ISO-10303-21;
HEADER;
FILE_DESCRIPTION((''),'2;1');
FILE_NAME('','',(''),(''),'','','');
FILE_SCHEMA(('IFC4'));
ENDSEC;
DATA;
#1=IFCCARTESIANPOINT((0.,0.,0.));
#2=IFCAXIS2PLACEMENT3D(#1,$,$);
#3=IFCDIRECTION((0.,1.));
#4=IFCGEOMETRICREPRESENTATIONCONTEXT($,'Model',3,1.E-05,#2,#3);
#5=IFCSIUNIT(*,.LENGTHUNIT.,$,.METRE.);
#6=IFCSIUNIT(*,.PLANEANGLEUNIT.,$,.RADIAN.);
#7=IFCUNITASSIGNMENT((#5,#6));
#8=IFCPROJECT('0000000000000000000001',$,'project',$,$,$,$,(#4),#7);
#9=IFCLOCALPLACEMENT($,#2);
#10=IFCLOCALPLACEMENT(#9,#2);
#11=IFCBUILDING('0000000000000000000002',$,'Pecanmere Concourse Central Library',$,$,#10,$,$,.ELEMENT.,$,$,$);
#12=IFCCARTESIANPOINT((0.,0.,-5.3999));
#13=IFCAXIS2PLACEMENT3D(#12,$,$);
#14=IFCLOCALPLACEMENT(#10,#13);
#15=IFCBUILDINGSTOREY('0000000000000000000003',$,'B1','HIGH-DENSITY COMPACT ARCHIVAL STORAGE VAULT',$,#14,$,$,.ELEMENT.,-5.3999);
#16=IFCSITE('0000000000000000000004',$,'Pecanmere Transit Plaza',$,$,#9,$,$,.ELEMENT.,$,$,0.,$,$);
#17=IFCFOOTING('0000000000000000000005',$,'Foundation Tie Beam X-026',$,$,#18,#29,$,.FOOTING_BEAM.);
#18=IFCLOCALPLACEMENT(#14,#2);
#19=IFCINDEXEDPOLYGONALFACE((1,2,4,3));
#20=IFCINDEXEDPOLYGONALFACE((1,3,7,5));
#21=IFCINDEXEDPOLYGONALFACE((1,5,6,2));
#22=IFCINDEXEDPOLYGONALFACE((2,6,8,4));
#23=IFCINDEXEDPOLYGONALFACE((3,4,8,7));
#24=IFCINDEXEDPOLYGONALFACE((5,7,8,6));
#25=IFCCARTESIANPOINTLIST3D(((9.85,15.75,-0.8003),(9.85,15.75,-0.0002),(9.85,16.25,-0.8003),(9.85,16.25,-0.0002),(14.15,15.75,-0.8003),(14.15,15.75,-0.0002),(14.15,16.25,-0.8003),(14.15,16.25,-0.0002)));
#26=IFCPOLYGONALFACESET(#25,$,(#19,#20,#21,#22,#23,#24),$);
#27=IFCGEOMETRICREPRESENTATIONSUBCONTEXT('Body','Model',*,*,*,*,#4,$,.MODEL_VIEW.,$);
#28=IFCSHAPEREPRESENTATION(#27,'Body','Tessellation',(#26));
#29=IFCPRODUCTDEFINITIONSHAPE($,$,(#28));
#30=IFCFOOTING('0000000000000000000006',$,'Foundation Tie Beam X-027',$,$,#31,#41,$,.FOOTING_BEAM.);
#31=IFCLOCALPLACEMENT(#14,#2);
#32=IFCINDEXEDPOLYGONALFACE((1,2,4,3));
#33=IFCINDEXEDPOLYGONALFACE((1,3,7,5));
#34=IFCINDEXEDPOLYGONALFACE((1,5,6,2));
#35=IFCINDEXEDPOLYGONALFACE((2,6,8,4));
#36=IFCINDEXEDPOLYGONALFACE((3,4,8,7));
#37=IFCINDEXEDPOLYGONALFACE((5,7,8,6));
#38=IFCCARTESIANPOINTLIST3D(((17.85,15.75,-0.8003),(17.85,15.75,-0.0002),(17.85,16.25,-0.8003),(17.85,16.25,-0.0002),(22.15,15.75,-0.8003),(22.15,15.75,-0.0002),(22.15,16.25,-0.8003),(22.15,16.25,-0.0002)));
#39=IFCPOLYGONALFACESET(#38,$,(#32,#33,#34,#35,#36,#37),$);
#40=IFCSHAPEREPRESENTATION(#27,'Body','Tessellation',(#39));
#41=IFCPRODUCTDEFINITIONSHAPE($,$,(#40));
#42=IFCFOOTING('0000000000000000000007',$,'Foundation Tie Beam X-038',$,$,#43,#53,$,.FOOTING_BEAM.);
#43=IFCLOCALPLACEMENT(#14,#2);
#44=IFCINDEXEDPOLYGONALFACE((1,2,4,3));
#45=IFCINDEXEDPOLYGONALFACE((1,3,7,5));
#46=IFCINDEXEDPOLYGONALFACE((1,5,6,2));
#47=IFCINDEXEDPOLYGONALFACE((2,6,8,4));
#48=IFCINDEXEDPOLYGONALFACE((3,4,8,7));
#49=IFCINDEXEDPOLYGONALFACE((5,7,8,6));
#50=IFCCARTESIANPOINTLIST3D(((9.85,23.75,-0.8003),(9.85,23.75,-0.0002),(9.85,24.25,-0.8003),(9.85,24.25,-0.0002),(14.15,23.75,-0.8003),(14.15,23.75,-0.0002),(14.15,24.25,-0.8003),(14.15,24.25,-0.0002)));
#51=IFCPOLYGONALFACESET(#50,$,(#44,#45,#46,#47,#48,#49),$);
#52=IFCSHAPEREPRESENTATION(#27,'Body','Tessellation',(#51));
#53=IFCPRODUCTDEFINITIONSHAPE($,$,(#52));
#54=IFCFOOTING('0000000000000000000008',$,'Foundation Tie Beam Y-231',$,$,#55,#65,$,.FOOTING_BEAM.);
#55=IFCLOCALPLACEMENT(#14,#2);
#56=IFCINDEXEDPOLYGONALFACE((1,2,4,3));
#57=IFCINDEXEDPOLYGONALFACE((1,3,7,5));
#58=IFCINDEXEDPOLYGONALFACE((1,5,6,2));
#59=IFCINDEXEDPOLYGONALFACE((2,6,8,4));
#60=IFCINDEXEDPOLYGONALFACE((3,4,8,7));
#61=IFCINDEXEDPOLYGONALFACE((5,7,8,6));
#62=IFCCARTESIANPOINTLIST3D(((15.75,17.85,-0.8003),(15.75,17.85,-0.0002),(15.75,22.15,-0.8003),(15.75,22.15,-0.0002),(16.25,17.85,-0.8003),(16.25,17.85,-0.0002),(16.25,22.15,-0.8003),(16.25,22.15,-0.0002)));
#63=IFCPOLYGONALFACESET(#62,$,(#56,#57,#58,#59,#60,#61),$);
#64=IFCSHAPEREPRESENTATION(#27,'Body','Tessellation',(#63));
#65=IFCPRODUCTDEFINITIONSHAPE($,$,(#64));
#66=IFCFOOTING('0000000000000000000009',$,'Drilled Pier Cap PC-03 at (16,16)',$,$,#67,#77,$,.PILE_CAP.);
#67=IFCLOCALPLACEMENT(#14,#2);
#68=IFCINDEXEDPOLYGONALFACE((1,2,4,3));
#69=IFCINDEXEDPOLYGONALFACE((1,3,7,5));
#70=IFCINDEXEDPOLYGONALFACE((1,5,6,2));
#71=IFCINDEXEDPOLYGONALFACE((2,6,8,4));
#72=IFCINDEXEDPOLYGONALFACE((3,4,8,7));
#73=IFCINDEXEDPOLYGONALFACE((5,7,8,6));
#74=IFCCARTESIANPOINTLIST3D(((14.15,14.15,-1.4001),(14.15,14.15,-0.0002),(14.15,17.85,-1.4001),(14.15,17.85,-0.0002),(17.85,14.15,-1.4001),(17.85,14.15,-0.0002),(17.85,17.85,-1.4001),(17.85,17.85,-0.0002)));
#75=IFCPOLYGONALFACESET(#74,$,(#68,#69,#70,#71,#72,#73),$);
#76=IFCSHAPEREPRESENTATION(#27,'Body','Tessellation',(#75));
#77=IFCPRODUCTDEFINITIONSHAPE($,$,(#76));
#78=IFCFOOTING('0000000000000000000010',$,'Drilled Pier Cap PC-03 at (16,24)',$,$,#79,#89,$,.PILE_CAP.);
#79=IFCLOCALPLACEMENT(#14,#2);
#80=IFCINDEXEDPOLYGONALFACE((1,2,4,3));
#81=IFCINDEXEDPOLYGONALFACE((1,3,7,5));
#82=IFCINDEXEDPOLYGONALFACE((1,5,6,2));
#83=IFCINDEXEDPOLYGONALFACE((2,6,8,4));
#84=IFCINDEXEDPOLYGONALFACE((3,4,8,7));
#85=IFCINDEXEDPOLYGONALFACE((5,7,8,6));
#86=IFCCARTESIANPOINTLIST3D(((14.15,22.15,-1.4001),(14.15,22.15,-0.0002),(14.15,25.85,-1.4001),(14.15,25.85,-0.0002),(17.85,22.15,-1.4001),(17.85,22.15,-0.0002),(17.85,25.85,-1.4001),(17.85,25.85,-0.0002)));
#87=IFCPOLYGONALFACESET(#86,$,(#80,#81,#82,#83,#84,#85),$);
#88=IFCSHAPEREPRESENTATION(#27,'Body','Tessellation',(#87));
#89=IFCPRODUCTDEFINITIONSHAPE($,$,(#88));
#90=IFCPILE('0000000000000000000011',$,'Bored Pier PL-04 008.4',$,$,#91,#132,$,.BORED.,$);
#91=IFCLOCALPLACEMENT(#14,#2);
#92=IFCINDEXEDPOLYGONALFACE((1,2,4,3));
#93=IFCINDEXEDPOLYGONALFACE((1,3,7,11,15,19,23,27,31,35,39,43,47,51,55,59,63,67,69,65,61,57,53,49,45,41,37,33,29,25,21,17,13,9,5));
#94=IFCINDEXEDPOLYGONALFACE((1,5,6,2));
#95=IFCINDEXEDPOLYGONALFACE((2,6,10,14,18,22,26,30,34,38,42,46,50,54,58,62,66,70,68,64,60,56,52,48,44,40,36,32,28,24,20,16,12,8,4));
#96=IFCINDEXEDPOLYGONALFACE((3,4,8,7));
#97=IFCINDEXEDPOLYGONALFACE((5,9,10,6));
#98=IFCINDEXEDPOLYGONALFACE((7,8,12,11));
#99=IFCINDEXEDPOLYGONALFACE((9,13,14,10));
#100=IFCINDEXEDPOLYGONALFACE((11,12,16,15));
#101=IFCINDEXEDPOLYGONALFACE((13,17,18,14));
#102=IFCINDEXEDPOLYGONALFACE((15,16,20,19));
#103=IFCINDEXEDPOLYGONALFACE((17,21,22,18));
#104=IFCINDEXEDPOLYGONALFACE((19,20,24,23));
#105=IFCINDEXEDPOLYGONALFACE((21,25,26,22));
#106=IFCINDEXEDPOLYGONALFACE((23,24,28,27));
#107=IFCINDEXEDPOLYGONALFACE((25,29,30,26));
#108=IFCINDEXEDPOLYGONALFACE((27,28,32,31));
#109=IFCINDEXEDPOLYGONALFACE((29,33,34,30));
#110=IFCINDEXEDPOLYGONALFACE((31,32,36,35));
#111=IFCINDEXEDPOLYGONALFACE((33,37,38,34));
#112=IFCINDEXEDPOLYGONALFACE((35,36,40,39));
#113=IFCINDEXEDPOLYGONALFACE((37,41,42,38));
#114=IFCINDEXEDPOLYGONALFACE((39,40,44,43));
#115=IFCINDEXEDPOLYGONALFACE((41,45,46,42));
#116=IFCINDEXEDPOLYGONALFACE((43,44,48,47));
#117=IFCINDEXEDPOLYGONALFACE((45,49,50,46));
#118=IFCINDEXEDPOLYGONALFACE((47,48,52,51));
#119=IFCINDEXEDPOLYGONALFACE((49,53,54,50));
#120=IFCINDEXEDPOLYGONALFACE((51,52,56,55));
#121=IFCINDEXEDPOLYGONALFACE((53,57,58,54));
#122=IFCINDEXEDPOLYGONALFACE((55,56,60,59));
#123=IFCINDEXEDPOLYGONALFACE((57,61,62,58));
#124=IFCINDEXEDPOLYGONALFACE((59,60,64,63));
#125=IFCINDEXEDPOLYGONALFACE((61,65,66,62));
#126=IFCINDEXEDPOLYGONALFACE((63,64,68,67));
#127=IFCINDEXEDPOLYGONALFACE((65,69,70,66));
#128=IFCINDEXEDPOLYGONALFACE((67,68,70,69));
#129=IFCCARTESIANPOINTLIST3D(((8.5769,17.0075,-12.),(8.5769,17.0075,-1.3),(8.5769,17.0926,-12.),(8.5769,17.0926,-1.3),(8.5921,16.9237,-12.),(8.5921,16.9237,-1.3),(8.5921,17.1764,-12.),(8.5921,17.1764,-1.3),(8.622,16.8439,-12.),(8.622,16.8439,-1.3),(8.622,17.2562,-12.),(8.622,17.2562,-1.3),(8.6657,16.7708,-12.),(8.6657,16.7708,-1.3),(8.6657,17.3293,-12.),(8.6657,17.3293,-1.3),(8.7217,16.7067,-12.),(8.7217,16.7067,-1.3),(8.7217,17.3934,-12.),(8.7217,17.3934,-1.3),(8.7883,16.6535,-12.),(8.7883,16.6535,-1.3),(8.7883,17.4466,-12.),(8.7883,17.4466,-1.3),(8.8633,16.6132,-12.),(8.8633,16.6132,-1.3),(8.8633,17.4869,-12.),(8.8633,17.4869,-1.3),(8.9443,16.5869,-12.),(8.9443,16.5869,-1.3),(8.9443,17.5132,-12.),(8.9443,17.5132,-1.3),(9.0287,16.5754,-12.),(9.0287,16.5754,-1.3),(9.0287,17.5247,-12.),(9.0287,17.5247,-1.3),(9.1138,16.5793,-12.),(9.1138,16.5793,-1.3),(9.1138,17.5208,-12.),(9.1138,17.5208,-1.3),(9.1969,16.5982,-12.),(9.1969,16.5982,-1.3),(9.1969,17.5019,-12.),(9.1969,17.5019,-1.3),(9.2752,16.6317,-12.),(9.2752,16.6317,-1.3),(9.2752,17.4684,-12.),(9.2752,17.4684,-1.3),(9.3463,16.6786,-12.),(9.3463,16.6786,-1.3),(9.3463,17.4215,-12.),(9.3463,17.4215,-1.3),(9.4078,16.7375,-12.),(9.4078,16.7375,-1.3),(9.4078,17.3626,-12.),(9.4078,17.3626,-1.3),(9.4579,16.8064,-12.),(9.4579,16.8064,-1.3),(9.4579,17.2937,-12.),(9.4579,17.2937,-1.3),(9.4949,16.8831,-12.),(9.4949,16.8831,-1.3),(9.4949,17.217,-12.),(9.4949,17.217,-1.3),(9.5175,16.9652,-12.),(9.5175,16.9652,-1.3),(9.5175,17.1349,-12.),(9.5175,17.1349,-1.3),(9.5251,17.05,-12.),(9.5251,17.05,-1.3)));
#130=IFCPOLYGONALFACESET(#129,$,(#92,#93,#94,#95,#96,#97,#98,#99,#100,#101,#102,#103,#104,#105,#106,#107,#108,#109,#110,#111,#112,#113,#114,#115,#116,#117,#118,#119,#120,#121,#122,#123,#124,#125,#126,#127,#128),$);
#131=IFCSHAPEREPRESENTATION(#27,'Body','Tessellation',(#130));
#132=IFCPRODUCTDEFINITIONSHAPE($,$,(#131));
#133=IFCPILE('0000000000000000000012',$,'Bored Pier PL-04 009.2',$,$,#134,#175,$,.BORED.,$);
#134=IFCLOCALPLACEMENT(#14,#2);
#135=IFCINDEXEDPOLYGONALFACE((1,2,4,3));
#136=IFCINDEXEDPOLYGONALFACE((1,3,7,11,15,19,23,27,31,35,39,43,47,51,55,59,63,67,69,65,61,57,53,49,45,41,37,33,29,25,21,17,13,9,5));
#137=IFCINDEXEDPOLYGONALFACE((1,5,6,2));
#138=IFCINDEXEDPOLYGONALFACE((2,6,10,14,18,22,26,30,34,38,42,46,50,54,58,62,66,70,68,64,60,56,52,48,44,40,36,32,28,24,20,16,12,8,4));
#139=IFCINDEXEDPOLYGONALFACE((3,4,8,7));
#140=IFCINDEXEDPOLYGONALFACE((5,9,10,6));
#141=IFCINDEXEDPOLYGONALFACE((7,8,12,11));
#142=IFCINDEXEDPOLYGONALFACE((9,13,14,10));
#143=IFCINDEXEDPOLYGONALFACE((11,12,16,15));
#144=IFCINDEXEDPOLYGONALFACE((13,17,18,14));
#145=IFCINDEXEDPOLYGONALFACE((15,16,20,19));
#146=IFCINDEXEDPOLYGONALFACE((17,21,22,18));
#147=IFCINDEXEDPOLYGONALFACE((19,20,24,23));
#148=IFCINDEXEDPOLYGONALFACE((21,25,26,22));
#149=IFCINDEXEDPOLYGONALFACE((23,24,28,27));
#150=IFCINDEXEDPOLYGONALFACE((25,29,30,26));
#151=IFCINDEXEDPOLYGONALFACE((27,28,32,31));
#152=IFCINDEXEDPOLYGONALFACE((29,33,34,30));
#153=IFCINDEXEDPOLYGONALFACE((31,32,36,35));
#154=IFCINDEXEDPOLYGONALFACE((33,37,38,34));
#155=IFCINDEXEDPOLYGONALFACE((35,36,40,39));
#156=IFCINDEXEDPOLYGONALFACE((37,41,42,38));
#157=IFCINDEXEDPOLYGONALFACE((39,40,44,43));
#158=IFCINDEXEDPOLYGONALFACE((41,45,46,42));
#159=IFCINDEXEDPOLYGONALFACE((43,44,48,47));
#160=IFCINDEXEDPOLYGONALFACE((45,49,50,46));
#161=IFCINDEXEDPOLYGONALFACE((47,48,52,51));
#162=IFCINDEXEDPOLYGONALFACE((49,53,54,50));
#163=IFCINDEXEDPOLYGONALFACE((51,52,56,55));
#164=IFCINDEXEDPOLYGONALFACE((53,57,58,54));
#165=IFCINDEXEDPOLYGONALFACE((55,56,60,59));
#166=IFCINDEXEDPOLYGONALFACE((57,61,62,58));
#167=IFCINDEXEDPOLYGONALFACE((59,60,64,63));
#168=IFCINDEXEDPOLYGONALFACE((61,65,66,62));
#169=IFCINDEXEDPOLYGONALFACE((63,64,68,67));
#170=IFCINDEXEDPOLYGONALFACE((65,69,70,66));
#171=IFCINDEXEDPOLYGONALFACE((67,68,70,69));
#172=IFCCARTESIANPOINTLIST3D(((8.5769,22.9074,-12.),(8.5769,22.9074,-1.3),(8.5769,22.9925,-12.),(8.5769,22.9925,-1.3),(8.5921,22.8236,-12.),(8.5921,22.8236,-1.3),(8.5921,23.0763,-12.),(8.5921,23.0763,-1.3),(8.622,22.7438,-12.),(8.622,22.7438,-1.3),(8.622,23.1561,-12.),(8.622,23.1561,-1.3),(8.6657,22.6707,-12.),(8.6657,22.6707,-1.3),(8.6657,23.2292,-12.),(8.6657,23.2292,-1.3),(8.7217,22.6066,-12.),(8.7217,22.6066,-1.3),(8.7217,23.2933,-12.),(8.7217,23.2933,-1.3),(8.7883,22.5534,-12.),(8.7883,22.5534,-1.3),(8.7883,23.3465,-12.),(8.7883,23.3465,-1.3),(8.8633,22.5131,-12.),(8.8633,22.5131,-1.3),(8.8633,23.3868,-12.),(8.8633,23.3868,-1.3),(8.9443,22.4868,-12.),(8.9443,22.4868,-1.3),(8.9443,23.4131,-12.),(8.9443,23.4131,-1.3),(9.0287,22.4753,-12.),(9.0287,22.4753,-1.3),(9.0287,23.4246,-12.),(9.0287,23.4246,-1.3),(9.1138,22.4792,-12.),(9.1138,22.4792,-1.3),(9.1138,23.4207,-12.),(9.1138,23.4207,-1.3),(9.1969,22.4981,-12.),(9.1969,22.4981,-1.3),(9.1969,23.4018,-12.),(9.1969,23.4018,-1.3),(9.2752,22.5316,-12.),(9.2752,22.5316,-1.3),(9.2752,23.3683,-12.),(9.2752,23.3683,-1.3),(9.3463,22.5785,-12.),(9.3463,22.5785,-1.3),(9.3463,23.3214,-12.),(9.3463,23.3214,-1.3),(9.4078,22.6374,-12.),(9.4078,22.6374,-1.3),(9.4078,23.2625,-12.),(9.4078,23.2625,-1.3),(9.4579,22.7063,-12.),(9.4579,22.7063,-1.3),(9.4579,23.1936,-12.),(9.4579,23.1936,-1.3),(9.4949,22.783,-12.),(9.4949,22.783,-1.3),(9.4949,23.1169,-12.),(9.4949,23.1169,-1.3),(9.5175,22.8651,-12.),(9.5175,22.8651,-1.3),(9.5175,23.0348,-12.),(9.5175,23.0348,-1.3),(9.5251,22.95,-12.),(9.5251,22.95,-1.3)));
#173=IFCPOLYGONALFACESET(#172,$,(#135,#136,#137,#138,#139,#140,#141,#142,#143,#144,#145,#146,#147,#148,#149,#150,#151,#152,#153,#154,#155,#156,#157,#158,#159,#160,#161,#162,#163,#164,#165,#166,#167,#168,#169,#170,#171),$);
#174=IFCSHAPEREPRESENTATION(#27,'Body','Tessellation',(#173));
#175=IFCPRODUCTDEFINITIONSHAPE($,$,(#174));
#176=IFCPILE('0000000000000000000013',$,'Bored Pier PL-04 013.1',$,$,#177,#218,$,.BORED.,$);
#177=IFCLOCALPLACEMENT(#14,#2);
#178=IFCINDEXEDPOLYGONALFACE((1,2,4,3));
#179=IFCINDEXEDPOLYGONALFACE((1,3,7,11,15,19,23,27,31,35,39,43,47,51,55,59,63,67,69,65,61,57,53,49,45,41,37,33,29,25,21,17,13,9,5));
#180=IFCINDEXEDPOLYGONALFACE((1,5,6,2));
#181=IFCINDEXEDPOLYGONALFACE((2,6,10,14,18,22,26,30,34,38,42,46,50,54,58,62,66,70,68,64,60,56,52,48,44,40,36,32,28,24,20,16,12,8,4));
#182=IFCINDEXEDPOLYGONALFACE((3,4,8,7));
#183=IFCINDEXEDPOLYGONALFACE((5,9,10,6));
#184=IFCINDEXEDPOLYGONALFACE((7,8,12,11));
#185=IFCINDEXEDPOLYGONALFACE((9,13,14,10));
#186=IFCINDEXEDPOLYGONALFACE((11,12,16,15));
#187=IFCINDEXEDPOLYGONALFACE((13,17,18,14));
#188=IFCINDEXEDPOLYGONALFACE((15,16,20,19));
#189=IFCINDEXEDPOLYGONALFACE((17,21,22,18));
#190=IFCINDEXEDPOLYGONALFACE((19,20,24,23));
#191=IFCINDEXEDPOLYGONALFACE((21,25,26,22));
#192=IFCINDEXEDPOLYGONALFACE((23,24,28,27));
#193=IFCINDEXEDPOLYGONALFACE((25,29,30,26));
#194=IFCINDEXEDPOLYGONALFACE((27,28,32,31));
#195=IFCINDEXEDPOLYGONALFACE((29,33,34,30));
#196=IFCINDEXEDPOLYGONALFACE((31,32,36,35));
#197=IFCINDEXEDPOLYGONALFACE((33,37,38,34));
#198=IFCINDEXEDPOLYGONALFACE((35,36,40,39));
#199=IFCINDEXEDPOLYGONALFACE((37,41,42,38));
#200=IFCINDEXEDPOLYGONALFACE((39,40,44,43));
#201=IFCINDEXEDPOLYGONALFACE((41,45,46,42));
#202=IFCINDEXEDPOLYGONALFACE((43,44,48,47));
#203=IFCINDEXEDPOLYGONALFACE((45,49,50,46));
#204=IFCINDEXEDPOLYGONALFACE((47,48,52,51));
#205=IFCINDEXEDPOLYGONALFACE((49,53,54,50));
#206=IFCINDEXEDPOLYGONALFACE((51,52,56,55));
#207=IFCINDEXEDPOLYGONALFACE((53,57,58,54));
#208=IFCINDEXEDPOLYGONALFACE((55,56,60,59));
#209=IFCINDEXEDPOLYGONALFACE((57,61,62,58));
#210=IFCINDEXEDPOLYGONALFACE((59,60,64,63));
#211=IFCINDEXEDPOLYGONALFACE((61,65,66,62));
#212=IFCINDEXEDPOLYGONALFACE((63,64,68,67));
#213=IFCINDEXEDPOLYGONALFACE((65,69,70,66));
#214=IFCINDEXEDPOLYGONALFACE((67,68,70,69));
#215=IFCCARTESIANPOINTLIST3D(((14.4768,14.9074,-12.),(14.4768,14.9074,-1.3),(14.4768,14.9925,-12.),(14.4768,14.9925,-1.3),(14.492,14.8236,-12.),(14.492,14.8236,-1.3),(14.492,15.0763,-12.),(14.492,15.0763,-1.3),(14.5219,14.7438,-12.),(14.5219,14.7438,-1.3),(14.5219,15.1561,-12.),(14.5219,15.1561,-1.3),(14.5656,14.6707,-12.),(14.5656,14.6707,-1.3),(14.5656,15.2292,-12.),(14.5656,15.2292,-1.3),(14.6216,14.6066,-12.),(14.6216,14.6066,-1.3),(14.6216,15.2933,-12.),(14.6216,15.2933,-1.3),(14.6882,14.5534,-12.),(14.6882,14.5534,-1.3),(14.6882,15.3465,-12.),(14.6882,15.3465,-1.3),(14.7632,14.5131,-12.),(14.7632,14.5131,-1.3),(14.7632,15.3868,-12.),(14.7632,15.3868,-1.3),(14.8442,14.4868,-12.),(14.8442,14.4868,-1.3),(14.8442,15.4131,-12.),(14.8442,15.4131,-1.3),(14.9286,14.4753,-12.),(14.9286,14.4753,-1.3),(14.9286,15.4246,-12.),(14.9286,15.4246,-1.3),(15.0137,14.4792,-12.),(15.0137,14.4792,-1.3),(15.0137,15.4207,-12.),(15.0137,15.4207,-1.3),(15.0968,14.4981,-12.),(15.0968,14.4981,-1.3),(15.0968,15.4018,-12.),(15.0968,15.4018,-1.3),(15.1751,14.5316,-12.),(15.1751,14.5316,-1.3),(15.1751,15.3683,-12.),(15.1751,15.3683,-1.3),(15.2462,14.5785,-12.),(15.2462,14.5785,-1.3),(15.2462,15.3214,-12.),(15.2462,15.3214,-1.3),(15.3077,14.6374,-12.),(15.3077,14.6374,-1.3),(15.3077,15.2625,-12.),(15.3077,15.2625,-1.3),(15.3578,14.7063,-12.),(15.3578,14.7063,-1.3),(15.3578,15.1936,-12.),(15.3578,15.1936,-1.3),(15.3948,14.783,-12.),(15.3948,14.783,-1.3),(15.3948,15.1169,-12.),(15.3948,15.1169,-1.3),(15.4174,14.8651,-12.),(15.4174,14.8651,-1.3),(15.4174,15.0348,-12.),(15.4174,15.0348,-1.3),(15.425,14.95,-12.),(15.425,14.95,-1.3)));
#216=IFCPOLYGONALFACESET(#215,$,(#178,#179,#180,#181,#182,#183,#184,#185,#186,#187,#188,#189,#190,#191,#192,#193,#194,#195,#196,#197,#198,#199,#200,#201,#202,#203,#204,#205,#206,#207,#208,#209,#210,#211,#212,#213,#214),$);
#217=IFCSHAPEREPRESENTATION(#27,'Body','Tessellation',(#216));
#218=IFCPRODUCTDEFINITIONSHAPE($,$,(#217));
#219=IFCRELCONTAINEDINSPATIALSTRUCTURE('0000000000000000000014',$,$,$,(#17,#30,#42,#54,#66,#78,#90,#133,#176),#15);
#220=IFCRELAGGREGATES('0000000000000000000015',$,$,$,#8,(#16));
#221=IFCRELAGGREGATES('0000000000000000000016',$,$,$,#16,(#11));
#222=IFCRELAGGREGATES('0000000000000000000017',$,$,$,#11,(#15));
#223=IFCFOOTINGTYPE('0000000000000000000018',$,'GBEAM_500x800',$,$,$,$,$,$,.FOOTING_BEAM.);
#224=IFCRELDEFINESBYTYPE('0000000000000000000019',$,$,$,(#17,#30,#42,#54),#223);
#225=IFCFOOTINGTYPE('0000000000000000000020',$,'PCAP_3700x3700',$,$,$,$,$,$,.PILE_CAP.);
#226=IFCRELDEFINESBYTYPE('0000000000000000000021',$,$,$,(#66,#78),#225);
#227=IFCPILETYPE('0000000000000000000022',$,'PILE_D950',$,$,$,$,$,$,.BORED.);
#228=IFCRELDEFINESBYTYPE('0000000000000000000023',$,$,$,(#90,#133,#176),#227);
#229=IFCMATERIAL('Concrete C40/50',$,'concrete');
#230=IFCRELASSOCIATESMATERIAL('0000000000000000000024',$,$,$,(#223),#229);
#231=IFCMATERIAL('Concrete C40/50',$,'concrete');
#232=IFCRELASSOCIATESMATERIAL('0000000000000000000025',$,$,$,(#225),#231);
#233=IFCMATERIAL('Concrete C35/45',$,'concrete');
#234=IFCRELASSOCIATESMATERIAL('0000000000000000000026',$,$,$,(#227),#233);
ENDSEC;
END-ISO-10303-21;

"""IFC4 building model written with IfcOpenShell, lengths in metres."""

from ifc_helpers import new_model, si_unit, direction, frame, origin, origin_2d, place, context, subcontext, project, spatial, rectangle, circle, extrude, material, material_profile, profile_set, type_object, element, save


model = new_model("IFC4")

# Units and contexts
model_context = context("Model", 3, precision=1e-05, world=origin(), true_north=direction((0.0, 1.0)))
body_context = subcontext(model_context, "Body", "Model", "MODEL_VIEW")
ifc_project = project(units=[si_unit("LENGTHUNIT", "METRE"), si_unit("PLANEANGLEUNIT", "RADIAN")], contexts=[model_context])

# Site, building, storey
site_placement = place(None, origin())
site = spatial("IfcSite", under=ifc_project, at=site_placement, Name="Pecanmere Transit Plaza", CompositionType="ELEMENT", RefElevation=0.0)
building_placement = place(site_placement, origin())
building = spatial("IfcBuilding", under=site, at=building_placement, Name="Pecanmere Concourse Central Library", CompositionType="ELEMENT")
storey_placement = place(building_placement, frame((0.0, 0.0, -5.3999)))
storey = spatial("IfcBuildingStorey", under=building, at=storey_placement, Name="B1", Description="HIGH-DENSITY COMPACT ARCHIVAL STORAGE VAULT", CompositionType="ELEMENT", Elevation=-5.3999)

# Footings
ifc_material_1 = material(Name="Concrete C40/50", Category="concrete")
ifc_material_profile_1 = material_profile(ifc_material_1, rectangle(XDim=0.5, YDim=0.8, at=origin_2d()), Name="RC 500x800")
ifc_profile_set_1 = profile_set([ifc_material_profile_1], Name="Concrete C40/50")
footing_type_1 = type_object("IfcFootingType", Name="GBEAM_500x800", PredefinedType="FOOTING_BEAM", material=ifc_profile_set_1)
for number, where, z_axis, x_axis, name in (
    (1, (12.0, 16.0, -0.8003), (0.0, 0.0, 1.0), (1.0, 0.0, 0.0), "Foundation Tie Beam X-026"),
    (2, (20.0, 16.0, -0.8003), (0.0, 0.0, 1.0), (1.0, 0.0, 0.0), "Foundation Tie Beam X-027"),
    (3, (12.0, 24.0, -0.8003), (0.0, 0.0, 1.0), (1.0, 0.0, 0.0), "Foundation Tie Beam X-038"),
    (4, (16.0, 20.0, -0.8003), (0.0, 0.0, 1.0), (0.0, 1.0, 0.0), "Foundation Tie Beam Y-231"),
):
    element("IfcFooting", number, at=place(storey_placement, frame(where, z_axis=z_axis, x_axis=x_axis)), inside=storey, type_object=footing_type_1, Name=name, PredefinedType="FOOTING_BEAM", context=body_context, shape_type="SweptSolid", body=[
        extrude(rectangle(XDim=4.3, YDim=0.5, at=origin_2d()), origin(), (0.0, 0.0, 1.0), 0.8),
    ])
ifc_material_2 = material(Name="Concrete C40/50", Category="concrete")
footing_type_2 = type_object("IfcFootingType", Name="PCAP_3700x3700", PredefinedType="PILE_CAP", material=ifc_material_2)
for number, where, z_axis, x_axis, name in (
    (5, (16.0, 16.0, -1.4001), (0.0, 0.0, 1.0), (1.0, 0.0, 0.0), "Drilled Pier Cap PC-03 at (16,16)"),
    (6, (16.0, 24.0, -1.4001), (0.0, 0.0, 1.0), (1.0, 0.0, 0.0), "Drilled Pier Cap PC-03 at (16,24)"),
):
    element("IfcFooting", number, at=place(storey_placement, frame(where, z_axis=z_axis, x_axis=x_axis)), inside=storey, type_object=footing_type_2, Name=name, PredefinedType="PILE_CAP", context=body_context, shape_type="SweptSolid", body=[
        extrude(rectangle(XDim=3.7, YDim=3.7, at=origin_2d()), origin(), (0.0, 0.0, 1.0), 1.3999),
    ])

# Piles
ifc_material_3 = material(Name="Concrete C35/45", Category="concrete")
ifc_material_profile_2 = material_profile(ifc_material_3, circle(Radius=0.4751, at=origin_2d()), Name="PIER D950")
ifc_profile_set_2 = profile_set([ifc_material_profile_2], Name="Concrete C35/45")
pile_type = type_object("IfcPileType", Name="PILE_D950", PredefinedType="BORED", material=ifc_profile_set_2)
for number, where, z_axis, x_axis, name in (
    (7, (9.05, 17.05, -1.3), (0.0, 0.0, -1.0), (1.0, 0.0, 0.0), "Bored Pier PL-04 008.4"),
    (8, (9.05, 22.95, -1.3), (0.0, 0.0, -1.0), (1.0, 0.0, 0.0), "Bored Pier PL-04 009.2"),
    (9, (14.95, 14.95, -1.3), (0.0, 0.0, -1.0), (1.0, 0.0, 0.0), "Bored Pier PL-04 013.1"),
):
    element("IfcPile", number, at=place(storey_placement, frame(where, z_axis=z_axis, x_axis=x_axis)), inside=storey, type_object=pile_type, Name=name, PredefinedType="BORED", context=body_context, shape_type="SweptSolid", body=[
        extrude(circle(Radius=0.4751, at=origin_2d()), origin(), (0.0, 0.0, 1.0), 10.7),
    ])

save(model, "model.ifc")
